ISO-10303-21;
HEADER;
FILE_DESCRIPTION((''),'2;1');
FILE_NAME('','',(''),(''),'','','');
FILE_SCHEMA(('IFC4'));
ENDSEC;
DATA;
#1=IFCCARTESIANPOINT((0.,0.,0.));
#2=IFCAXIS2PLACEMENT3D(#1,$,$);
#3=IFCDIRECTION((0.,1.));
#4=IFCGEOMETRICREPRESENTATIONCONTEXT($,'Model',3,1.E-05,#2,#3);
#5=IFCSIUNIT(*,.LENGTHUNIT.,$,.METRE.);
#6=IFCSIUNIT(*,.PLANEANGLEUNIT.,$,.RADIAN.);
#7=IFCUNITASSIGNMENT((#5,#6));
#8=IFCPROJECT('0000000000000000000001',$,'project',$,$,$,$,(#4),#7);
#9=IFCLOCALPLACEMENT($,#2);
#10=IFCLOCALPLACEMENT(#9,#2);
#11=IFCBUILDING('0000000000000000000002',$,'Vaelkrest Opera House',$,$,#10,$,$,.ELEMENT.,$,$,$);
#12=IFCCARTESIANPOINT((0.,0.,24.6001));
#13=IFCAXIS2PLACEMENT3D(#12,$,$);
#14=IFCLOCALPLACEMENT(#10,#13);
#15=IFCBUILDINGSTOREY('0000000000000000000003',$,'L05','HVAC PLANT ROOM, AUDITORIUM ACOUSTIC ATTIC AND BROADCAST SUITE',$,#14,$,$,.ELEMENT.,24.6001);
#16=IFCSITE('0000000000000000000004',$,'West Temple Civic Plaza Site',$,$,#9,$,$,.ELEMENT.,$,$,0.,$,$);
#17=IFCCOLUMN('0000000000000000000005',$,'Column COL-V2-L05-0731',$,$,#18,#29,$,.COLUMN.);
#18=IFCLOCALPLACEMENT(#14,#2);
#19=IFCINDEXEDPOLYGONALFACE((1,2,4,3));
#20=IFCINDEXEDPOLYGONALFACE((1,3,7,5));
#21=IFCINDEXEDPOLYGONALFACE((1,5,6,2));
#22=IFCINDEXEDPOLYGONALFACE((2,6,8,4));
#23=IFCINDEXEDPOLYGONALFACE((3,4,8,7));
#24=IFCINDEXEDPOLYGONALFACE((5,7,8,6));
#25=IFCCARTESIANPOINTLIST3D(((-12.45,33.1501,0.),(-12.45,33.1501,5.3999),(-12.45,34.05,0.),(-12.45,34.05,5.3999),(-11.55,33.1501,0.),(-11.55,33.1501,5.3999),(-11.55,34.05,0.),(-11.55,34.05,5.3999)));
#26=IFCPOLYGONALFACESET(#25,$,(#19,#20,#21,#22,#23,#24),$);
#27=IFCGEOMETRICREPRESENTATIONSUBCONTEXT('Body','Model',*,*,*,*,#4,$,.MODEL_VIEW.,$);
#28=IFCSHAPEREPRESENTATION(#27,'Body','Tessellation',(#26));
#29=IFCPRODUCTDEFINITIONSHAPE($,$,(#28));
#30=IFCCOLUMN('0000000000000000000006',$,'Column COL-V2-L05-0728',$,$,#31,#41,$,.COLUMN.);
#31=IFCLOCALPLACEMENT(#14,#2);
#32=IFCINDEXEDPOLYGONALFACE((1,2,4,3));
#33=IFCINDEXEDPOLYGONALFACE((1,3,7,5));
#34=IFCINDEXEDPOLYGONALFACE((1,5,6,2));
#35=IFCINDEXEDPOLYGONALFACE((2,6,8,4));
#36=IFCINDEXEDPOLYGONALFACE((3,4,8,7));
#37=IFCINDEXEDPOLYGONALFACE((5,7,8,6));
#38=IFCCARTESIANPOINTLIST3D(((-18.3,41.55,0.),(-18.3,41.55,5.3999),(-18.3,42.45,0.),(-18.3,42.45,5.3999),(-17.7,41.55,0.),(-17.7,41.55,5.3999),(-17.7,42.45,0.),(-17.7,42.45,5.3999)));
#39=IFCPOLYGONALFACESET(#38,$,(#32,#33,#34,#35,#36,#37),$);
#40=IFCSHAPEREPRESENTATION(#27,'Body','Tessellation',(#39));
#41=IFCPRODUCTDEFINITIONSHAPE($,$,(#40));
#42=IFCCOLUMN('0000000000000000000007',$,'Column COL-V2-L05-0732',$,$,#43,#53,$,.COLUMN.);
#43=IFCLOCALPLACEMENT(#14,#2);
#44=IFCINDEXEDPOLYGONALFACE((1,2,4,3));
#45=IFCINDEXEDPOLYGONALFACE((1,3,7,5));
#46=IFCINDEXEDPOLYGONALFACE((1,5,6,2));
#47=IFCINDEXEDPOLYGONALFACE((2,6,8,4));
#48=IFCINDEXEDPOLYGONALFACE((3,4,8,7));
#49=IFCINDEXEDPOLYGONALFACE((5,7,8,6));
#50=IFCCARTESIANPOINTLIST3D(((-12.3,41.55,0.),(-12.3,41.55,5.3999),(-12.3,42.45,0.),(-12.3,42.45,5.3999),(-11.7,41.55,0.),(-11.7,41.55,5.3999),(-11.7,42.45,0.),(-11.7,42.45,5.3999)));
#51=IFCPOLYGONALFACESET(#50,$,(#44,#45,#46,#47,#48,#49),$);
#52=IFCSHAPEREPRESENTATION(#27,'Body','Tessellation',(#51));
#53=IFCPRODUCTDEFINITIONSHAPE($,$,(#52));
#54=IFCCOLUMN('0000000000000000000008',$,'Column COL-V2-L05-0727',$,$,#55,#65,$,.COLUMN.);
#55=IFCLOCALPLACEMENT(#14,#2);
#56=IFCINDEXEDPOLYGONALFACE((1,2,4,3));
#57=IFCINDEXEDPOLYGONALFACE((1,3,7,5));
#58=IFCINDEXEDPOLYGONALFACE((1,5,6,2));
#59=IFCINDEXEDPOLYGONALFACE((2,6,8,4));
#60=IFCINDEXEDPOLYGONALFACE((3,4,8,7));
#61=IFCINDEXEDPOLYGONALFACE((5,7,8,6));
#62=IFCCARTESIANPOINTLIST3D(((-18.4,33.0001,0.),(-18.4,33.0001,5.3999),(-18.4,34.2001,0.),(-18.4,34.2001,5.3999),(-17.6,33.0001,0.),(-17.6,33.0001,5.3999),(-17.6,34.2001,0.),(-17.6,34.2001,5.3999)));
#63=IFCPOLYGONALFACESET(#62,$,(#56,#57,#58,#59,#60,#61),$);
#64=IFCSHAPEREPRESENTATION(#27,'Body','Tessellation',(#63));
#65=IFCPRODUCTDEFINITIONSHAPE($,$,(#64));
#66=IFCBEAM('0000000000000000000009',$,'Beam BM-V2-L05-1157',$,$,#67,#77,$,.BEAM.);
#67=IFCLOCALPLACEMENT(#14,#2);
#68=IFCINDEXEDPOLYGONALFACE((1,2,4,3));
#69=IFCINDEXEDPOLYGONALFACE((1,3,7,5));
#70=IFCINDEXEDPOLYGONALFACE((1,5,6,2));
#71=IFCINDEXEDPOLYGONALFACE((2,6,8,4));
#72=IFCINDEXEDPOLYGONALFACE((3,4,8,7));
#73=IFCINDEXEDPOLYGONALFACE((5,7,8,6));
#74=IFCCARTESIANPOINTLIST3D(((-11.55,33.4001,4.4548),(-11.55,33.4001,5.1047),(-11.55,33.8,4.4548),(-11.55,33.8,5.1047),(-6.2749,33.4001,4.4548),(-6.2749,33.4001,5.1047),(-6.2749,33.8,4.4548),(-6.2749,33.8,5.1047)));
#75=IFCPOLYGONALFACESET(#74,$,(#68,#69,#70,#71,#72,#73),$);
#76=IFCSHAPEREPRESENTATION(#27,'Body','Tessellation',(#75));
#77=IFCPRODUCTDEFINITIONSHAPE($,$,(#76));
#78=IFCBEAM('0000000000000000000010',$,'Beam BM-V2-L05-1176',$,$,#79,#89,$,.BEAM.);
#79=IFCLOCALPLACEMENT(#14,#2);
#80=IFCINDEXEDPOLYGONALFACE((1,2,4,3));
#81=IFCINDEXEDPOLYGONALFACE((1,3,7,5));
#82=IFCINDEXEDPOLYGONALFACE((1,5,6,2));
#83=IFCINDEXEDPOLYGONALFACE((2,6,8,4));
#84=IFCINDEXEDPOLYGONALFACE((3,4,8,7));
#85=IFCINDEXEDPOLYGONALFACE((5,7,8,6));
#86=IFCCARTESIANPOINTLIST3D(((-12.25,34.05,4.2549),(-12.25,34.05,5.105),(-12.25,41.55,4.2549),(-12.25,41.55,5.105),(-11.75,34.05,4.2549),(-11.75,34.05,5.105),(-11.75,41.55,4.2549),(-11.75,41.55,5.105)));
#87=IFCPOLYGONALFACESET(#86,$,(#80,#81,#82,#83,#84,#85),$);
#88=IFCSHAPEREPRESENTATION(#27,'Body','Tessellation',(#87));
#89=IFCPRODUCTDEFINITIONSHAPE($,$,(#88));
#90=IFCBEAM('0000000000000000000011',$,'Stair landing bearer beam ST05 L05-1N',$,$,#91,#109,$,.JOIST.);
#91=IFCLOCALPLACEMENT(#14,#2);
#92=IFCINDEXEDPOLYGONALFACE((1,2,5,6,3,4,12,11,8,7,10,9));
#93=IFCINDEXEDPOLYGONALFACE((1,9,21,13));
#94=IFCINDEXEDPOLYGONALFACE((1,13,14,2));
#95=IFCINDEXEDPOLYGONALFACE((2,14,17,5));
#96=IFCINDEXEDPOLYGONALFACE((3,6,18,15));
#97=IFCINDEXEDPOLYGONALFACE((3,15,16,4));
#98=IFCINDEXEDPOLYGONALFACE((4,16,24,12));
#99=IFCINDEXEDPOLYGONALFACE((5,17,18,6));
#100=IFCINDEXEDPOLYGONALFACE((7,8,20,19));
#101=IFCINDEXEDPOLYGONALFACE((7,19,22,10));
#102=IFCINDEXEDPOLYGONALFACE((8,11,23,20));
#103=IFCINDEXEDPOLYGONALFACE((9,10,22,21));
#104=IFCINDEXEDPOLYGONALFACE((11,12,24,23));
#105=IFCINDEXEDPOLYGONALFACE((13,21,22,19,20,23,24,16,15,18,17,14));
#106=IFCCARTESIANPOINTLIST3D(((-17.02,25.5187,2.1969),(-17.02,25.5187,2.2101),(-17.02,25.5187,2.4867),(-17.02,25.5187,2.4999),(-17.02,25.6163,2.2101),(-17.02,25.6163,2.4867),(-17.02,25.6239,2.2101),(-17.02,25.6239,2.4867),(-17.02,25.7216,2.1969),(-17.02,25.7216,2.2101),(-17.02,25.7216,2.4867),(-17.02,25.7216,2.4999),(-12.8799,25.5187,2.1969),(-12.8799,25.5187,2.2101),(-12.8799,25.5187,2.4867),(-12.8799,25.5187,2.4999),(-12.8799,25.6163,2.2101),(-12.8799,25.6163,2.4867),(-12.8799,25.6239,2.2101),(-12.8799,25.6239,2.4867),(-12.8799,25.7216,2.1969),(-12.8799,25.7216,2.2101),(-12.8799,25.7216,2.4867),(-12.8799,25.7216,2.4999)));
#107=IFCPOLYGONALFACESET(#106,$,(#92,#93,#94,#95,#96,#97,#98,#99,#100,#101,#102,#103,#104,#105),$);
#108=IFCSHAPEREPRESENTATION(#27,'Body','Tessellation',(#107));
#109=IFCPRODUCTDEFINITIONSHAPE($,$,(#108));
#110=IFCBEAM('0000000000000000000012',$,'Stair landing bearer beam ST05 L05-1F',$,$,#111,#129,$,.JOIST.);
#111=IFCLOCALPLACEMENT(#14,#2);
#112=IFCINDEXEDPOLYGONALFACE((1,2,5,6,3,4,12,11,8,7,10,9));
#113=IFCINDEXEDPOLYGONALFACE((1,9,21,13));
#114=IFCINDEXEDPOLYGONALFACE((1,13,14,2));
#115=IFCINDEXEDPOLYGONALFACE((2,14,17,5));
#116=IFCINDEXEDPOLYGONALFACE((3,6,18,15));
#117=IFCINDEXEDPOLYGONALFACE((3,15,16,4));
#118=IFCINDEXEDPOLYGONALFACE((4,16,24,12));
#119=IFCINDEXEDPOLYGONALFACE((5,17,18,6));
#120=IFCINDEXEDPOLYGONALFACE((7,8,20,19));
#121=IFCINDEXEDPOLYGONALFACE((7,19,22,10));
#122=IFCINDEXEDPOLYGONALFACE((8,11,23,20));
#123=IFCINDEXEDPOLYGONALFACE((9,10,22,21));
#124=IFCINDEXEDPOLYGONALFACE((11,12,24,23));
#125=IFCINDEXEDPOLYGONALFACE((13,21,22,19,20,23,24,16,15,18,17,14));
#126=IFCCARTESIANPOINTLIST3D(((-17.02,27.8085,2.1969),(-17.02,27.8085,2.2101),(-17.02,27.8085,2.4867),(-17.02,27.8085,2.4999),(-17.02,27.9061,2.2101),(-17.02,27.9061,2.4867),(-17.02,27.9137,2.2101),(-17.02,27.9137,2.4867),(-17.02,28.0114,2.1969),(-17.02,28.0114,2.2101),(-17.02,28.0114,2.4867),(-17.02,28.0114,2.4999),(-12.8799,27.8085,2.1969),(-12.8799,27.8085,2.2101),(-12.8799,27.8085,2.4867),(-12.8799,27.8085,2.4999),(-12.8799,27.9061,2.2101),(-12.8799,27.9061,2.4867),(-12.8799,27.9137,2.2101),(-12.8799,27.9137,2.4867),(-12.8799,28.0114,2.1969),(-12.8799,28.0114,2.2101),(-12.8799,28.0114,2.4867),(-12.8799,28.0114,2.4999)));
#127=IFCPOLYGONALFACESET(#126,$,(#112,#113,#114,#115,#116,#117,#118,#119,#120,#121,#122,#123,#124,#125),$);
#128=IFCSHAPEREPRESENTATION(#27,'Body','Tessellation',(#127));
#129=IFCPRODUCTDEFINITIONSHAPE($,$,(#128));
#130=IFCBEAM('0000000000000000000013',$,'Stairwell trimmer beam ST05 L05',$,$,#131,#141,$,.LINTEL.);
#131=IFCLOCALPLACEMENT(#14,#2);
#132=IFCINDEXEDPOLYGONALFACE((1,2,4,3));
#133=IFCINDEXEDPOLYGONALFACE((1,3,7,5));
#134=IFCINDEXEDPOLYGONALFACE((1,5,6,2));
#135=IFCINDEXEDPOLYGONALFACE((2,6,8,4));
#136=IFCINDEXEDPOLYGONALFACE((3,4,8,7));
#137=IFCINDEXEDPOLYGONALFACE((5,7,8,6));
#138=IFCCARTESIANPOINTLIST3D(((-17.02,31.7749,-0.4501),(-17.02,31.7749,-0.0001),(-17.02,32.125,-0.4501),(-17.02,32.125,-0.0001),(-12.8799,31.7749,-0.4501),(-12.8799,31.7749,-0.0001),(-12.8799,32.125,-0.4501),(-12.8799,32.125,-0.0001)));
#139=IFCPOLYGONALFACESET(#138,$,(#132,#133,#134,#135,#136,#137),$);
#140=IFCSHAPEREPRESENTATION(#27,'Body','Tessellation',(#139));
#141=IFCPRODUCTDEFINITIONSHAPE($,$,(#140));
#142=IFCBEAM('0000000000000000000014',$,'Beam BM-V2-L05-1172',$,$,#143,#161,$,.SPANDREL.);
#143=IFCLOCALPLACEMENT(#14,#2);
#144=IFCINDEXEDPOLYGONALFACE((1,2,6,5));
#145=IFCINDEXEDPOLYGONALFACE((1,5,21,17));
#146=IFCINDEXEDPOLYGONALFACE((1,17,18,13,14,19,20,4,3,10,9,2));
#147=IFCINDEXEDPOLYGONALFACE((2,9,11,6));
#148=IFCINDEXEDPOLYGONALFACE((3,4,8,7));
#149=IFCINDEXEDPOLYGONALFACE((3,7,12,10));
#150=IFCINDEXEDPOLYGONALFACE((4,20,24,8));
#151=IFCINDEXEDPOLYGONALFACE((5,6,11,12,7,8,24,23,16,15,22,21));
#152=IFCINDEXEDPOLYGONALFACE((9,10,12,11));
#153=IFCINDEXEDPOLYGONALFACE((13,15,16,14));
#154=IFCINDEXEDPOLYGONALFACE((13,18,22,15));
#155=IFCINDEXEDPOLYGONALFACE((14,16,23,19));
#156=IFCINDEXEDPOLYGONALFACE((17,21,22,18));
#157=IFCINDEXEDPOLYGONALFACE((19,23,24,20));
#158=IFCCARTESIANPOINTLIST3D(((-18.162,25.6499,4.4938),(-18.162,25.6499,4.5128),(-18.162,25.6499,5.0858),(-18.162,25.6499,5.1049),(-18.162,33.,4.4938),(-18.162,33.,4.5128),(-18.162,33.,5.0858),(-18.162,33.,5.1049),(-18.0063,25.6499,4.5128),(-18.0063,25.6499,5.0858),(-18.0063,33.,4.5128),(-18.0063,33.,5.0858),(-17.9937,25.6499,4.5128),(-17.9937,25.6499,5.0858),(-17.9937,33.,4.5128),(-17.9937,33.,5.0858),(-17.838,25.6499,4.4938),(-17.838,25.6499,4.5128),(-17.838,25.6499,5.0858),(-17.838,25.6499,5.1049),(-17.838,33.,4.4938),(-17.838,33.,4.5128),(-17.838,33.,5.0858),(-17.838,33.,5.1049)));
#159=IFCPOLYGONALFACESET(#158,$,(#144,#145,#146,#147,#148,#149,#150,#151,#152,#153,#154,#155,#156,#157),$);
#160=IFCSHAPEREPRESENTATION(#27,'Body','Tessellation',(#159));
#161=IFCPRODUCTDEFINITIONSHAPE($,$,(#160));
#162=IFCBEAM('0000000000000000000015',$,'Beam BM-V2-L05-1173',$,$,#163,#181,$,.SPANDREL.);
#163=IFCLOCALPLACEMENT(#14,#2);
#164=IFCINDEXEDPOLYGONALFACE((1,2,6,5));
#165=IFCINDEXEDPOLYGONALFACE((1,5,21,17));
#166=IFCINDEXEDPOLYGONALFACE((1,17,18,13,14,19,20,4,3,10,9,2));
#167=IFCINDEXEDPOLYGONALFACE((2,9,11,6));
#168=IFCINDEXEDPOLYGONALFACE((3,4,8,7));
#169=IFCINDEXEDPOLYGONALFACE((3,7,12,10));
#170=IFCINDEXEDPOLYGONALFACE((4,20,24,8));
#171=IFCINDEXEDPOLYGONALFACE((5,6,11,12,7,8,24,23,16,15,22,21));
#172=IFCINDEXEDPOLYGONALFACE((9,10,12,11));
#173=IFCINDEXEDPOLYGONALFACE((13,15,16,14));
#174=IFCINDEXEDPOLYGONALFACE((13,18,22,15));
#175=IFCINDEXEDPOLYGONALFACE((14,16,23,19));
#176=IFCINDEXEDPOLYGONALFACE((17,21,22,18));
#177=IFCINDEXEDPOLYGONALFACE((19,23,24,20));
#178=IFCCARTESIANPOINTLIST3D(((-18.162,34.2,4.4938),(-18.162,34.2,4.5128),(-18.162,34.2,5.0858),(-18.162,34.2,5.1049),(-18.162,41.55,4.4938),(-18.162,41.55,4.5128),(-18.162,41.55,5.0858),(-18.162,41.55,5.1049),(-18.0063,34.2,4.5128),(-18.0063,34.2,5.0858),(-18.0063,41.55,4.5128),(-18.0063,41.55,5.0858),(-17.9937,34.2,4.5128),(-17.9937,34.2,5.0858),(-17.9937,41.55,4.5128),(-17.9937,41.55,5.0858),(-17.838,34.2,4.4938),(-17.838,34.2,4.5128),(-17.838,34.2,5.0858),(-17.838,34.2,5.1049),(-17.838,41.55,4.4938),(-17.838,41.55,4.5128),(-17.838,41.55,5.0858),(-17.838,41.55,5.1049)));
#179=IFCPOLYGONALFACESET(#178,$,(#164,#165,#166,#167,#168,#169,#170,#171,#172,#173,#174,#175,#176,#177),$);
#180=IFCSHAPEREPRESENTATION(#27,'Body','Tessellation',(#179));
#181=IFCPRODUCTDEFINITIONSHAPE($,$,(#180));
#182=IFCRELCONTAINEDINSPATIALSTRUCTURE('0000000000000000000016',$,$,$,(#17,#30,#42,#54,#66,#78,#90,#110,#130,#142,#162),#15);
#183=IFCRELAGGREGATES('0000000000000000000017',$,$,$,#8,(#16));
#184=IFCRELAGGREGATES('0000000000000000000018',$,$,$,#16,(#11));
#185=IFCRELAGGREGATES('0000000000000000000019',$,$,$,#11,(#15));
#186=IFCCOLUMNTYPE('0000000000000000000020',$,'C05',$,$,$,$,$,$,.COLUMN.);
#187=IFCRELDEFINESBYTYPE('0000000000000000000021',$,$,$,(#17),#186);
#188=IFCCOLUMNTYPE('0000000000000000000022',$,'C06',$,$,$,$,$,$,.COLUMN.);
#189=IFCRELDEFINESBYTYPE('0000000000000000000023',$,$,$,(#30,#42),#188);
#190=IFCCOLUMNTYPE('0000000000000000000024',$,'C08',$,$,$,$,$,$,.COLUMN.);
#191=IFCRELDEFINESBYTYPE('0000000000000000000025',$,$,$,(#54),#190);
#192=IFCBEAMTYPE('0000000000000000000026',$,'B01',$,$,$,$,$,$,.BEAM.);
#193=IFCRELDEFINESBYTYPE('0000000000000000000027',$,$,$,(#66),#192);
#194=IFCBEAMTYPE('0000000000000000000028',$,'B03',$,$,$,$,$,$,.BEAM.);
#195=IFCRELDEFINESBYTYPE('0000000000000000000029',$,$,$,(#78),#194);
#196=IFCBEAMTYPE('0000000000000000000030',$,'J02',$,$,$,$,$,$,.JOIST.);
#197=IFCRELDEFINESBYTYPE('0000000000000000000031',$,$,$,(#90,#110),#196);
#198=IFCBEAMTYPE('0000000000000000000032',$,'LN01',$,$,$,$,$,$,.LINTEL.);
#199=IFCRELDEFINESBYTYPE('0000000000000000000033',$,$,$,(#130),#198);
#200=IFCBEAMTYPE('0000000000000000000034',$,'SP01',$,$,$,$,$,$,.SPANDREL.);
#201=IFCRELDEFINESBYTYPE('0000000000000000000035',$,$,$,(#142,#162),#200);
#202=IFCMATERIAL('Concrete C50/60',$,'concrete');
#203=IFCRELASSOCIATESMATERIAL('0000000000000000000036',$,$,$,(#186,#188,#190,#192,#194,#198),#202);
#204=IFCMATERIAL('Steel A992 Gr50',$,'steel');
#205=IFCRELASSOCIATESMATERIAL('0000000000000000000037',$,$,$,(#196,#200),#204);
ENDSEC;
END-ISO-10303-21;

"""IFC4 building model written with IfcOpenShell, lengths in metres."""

from ifc_helpers import new_model, si_unit, direction, frame, origin, origin_2d, place, context, subcontext, project, spatial, rectangle, i_section, extrude, material, material_profile, profile_set, type_object, element, save


model = new_model("IFC4")

# Units and contexts
model_context = context("Model", 3, precision=1e-05, world=origin(), true_north=direction((0.0, 1.0)))
body_context = subcontext(model_context, "Body", "Model", "MODEL_VIEW")
ifc_project = project(units=[si_unit("LENGTHUNIT", "METRE"), si_unit("PLANEANGLEUNIT", "RADIAN")], contexts=[model_context])

# Site, building, storey
site_placement = place(None, origin())
site = spatial("IfcSite", under=ifc_project, at=site_placement, Name="West Temple Civic Plaza Site", CompositionType="ELEMENT", RefElevation=0.0)
building_placement = place(site_placement, origin())
building = spatial("IfcBuilding", under=site, at=building_placement, Name="Vaelkrest Opera House", CompositionType="ELEMENT")
storey_placement = place(building_placement, frame((0.0, 0.0, 24.6001)))
storey = spatial("IfcBuildingStorey", under=building, at=storey_placement, Name="L05", Description="HVAC PLANT ROOM, AUDITORIUM ACOUSTIC ATTIC AND BROADCAST SUITE", CompositionType="ELEMENT", Elevation=24.6001)

# Columns
ifc_material_1 = material(Name="Concrete C50/60", Category="concrete")
ifc_material_profile_1 = material_profile(ifc_material_1, rectangle(XDim=0.8999, YDim=0.8999, at=origin_2d()), Name="RC900X900")
ifc_profile_set_1 = profile_set([ifc_material_profile_1], Name="Concrete C50/60")
column_type_1 = type_object("IfcColumnType", Name="C05", PredefinedType="COLUMN", material=ifc_profile_set_1)
column_1_placement = place(storey_placement, frame((-12.0, 33.6001, 0.0), z_axis=(0.0, 0.0, 1.0), x_axis=(1.0, 0.0, 0.0)))
element("IfcColumn", 1, at=column_1_placement, inside=storey, type_object=column_type_1, Name="Column COL-V2-L05-0731", PredefinedType="COLUMN", context=body_context, shape_type="SweptSolid", body=[
    extrude(rectangle(XDim=0.8999, YDim=0.8999, at=origin_2d()), origin(), (0.0, 0.0, 1.0), 5.3999),
])
ifc_material_profile_2 = material_profile(ifc_material_1, rectangle(XDim=0.6001, YDim=0.8999, at=origin_2d()), Name="RC600X900")
ifc_profile_set_2 = profile_set([ifc_material_profile_2], Name="Concrete C50/60")
column_type_2 = type_object("IfcColumnType", Name="C06", PredefinedType="COLUMN", material=ifc_profile_set_2)
for number, where, z_axis, x_axis, name in (
    (2, (-18.0, 42.0, 0.0), (0.0, 0.0, 1.0), (1.0, 0.0, 0.0), "Column COL-V2-L05-0728"),
    (3, (-12.0, 42.0, 0.0), (0.0, 0.0, 1.0), (1.0, 0.0, 0.0), "Column COL-V2-L05-0732"),
):
    element("IfcColumn", number, at=place(storey_placement, frame(where, z_axis=z_axis, x_axis=x_axis)), inside=storey, type_object=column_type_2, Name=name, PredefinedType="COLUMN", context=body_context, shape_type="SweptSolid", body=[
        extrude(rectangle(XDim=0.6001, YDim=0.8999, at=origin_2d()), origin(), (0.0, 0.0, 1.0), 5.3999),
    ])
ifc_material_profile_3 = material_profile(ifc_material_1, rectangle(XDim=0.8, YDim=1.2, at=origin_2d()), Name="RC800X1200")
ifc_profile_set_3 = profile_set([ifc_material_profile_3], Name="Concrete C50/60")
column_type_3 = type_object("IfcColumnType", Name="C08", PredefinedType="COLUMN", material=ifc_profile_set_3)
column_2_placement = place(storey_placement, frame((-18.0, 33.6001, 0.0), z_axis=(0.0, 0.0, 1.0), x_axis=(1.0, 0.0, 0.0)))
element("IfcColumn", 4, at=column_2_placement, inside=storey, type_object=column_type_3, Name="Column COL-V2-L05-0727", PredefinedType="COLUMN", context=body_context, shape_type="SweptSolid", body=[
    extrude(rectangle(XDim=0.8, YDim=1.2, at=origin_2d()), origin(), (0.0, 0.0, 1.0), 5.3999),
])

# Beams
ifc_material_profile_4 = material_profile(ifc_material_1, rectangle(XDim=0.3999, YDim=0.6499, at=origin_2d()), Name="RCB400X650")
ifc_profile_set_4 = profile_set([ifc_material_profile_4], Name="Concrete C50/60")
beam_type_1 = type_object("IfcBeamType", Name="B01", PredefinedType="BEAM", material=ifc_profile_set_4)
beam_1_placement = place(storey_placement, frame((-11.55, 33.6001, 4.7798), z_axis=(1.0, 0.0, 0.0), x_axis=(0.0, 1.0, 0.0)))
element("IfcBeam", 5, at=beam_1_placement, inside=storey, type_object=beam_type_1, Name="Beam BM-V2-L05-1157", PredefinedType="BEAM", context=body_context, shape_type="SweptSolid", body=[
    extrude(rectangle(XDim=0.3999, YDim=0.6499, at=origin_2d()), origin(), (0.0, 0.0, 1.0), 5.2751),
])
ifc_material_profile_5 = material_profile(ifc_material_1, rectangle(XDim=0.5, YDim=0.8501, at=origin_2d()), Name="RCB500X850")
ifc_profile_set_5 = profile_set([ifc_material_profile_5], Name="Concrete C50/60")
beam_type_2 = type_object("IfcBeamType", Name="B03", PredefinedType="BEAM", material=ifc_profile_set_5)
beam_2_placement = place(storey_placement, frame((-12.0, 34.05, 4.6799), z_axis=(0.0, 1.0, 0.0), x_axis=(-1.0, 0.0, 0.0)))
element("IfcBeam", 6, at=beam_2_placement, inside=storey, type_object=beam_type_2, Name="Beam BM-V2-L05-1176", PredefinedType="BEAM", context=body_context, shape_type="SweptSolid", body=[
    extrude(rectangle(XDim=0.5, YDim=0.8501, at=origin_2d()), origin(), (0.0, 0.0, 1.0), 7.5),
])
ifc_material_2 = material(Name="Steel A992 Gr50", Category="steel")
ifc_material_profile_6 = material_profile(ifc_material_2, i_section(OverallWidth=0.2029, OverallDepth=0.303, WebThickness=0.0076, FlangeThickness=0.0132, at=origin_2d()), Name="W12X40")
ifc_profile_set_6 = profile_set([ifc_material_profile_6], Name="Steel A992 Gr50")
beam_type_3 = type_object("IfcBeamType", Name="J02", PredefinedType="JOIST", material=ifc_profile_set_6)
for number, where, z_axis, x_axis, name in (
    (7, (-17.02, 25.6201, 2.3484), (1.0, 0.0, 0.0), (0.0, 1.0, 0.0), "Stair landing bearer beam ST05 L05-1N"),
    (8, (-17.02, 27.9099, 2.3484), (1.0, 0.0, 0.0), (0.0, 1.0, 0.0), "Stair landing bearer beam ST05 L05-1F"),
):
    element("IfcBeam", number, at=place(storey_placement, frame(where, z_axis=z_axis, x_axis=x_axis)), inside=storey, type_object=beam_type_3, Name=name, PredefinedType="JOIST", context=body_context, shape_type="SweptSolid", body=[
        extrude(i_section(OverallWidth=0.2029, OverallDepth=0.303, WebThickness=0.0076, FlangeThickness=0.0132, at=origin_2d()), origin(), (0.0, 0.0, 1.0), 4.1401),
    ])
ifc_material_profile_7 = material_profile(ifc_material_1, rectangle(XDim=0.3501, YDim=0.45, at=origin_2d()), Name="RCB350X450")
ifc_profile_set_7 = profile_set([ifc_material_profile_7], Name="Concrete C50/60")
beam_type_4 = type_object("IfcBeamType", Name="LN01", PredefinedType="LINTEL", material=ifc_profile_set_7)
beam_3_placement = place(storey_placement, frame((-17.02, 31.95, -0.2251), z_axis=(1.0, 0.0, 0.0), x_axis=(0.0, 1.0, 0.0)))
element("IfcBeam", 9, at=beam_3_placement, inside=storey, type_object=beam_type_4, Name="Stairwell trimmer beam ST05 L05", PredefinedType="LINTEL", context=body_context, shape_type="SweptSolid", body=[
    extrude(rectangle(XDim=0.3501, YDim=0.45, at=origin_2d()), origin(), (0.0, 0.0, 1.0), 4.1401),
])
ifc_material_profile_8 = material_profile(ifc_material_2, i_section(OverallWidth=0.324, OverallDepth=0.6111, WebThickness=0.0127, FlangeThickness=0.019, at=origin_2d()), Name="W24X104")
ifc_profile_set_8 = profile_set([ifc_material_profile_8], Name="Steel A992 Gr50")
beam_type_5 = type_object("IfcBeamType", Name="SP01", PredefinedType="SPANDREL", material=ifc_profile_set_8)
for number, where, z_axis, x_axis, name in (
    (10, (-18.0, 25.6499, 4.7993), (0.0, 1.0, 0.0), (-1.0, 0.0, 0.0), "Beam BM-V2-L05-1172"),
    (11, (-18.0, 34.2, 4.7993), (0.0, 1.0, 0.0), (-1.0, 0.0, 0.0), "Beam BM-V2-L05-1173"),
):
    element("IfcBeam", number, at=place(storey_placement, frame(where, z_axis=z_axis, x_axis=x_axis)), inside=storey, type_object=beam_type_5, Name=name, PredefinedType="SPANDREL", context=body_context, shape_type="SweptSolid", body=[
        extrude(i_section(OverallWidth=0.324, OverallDepth=0.6111, WebThickness=0.0127, FlangeThickness=0.019, at=origin_2d()), origin(), (0.0, 0.0, 1.0), 7.3501),
    ])

save(model, "model.ifc")
